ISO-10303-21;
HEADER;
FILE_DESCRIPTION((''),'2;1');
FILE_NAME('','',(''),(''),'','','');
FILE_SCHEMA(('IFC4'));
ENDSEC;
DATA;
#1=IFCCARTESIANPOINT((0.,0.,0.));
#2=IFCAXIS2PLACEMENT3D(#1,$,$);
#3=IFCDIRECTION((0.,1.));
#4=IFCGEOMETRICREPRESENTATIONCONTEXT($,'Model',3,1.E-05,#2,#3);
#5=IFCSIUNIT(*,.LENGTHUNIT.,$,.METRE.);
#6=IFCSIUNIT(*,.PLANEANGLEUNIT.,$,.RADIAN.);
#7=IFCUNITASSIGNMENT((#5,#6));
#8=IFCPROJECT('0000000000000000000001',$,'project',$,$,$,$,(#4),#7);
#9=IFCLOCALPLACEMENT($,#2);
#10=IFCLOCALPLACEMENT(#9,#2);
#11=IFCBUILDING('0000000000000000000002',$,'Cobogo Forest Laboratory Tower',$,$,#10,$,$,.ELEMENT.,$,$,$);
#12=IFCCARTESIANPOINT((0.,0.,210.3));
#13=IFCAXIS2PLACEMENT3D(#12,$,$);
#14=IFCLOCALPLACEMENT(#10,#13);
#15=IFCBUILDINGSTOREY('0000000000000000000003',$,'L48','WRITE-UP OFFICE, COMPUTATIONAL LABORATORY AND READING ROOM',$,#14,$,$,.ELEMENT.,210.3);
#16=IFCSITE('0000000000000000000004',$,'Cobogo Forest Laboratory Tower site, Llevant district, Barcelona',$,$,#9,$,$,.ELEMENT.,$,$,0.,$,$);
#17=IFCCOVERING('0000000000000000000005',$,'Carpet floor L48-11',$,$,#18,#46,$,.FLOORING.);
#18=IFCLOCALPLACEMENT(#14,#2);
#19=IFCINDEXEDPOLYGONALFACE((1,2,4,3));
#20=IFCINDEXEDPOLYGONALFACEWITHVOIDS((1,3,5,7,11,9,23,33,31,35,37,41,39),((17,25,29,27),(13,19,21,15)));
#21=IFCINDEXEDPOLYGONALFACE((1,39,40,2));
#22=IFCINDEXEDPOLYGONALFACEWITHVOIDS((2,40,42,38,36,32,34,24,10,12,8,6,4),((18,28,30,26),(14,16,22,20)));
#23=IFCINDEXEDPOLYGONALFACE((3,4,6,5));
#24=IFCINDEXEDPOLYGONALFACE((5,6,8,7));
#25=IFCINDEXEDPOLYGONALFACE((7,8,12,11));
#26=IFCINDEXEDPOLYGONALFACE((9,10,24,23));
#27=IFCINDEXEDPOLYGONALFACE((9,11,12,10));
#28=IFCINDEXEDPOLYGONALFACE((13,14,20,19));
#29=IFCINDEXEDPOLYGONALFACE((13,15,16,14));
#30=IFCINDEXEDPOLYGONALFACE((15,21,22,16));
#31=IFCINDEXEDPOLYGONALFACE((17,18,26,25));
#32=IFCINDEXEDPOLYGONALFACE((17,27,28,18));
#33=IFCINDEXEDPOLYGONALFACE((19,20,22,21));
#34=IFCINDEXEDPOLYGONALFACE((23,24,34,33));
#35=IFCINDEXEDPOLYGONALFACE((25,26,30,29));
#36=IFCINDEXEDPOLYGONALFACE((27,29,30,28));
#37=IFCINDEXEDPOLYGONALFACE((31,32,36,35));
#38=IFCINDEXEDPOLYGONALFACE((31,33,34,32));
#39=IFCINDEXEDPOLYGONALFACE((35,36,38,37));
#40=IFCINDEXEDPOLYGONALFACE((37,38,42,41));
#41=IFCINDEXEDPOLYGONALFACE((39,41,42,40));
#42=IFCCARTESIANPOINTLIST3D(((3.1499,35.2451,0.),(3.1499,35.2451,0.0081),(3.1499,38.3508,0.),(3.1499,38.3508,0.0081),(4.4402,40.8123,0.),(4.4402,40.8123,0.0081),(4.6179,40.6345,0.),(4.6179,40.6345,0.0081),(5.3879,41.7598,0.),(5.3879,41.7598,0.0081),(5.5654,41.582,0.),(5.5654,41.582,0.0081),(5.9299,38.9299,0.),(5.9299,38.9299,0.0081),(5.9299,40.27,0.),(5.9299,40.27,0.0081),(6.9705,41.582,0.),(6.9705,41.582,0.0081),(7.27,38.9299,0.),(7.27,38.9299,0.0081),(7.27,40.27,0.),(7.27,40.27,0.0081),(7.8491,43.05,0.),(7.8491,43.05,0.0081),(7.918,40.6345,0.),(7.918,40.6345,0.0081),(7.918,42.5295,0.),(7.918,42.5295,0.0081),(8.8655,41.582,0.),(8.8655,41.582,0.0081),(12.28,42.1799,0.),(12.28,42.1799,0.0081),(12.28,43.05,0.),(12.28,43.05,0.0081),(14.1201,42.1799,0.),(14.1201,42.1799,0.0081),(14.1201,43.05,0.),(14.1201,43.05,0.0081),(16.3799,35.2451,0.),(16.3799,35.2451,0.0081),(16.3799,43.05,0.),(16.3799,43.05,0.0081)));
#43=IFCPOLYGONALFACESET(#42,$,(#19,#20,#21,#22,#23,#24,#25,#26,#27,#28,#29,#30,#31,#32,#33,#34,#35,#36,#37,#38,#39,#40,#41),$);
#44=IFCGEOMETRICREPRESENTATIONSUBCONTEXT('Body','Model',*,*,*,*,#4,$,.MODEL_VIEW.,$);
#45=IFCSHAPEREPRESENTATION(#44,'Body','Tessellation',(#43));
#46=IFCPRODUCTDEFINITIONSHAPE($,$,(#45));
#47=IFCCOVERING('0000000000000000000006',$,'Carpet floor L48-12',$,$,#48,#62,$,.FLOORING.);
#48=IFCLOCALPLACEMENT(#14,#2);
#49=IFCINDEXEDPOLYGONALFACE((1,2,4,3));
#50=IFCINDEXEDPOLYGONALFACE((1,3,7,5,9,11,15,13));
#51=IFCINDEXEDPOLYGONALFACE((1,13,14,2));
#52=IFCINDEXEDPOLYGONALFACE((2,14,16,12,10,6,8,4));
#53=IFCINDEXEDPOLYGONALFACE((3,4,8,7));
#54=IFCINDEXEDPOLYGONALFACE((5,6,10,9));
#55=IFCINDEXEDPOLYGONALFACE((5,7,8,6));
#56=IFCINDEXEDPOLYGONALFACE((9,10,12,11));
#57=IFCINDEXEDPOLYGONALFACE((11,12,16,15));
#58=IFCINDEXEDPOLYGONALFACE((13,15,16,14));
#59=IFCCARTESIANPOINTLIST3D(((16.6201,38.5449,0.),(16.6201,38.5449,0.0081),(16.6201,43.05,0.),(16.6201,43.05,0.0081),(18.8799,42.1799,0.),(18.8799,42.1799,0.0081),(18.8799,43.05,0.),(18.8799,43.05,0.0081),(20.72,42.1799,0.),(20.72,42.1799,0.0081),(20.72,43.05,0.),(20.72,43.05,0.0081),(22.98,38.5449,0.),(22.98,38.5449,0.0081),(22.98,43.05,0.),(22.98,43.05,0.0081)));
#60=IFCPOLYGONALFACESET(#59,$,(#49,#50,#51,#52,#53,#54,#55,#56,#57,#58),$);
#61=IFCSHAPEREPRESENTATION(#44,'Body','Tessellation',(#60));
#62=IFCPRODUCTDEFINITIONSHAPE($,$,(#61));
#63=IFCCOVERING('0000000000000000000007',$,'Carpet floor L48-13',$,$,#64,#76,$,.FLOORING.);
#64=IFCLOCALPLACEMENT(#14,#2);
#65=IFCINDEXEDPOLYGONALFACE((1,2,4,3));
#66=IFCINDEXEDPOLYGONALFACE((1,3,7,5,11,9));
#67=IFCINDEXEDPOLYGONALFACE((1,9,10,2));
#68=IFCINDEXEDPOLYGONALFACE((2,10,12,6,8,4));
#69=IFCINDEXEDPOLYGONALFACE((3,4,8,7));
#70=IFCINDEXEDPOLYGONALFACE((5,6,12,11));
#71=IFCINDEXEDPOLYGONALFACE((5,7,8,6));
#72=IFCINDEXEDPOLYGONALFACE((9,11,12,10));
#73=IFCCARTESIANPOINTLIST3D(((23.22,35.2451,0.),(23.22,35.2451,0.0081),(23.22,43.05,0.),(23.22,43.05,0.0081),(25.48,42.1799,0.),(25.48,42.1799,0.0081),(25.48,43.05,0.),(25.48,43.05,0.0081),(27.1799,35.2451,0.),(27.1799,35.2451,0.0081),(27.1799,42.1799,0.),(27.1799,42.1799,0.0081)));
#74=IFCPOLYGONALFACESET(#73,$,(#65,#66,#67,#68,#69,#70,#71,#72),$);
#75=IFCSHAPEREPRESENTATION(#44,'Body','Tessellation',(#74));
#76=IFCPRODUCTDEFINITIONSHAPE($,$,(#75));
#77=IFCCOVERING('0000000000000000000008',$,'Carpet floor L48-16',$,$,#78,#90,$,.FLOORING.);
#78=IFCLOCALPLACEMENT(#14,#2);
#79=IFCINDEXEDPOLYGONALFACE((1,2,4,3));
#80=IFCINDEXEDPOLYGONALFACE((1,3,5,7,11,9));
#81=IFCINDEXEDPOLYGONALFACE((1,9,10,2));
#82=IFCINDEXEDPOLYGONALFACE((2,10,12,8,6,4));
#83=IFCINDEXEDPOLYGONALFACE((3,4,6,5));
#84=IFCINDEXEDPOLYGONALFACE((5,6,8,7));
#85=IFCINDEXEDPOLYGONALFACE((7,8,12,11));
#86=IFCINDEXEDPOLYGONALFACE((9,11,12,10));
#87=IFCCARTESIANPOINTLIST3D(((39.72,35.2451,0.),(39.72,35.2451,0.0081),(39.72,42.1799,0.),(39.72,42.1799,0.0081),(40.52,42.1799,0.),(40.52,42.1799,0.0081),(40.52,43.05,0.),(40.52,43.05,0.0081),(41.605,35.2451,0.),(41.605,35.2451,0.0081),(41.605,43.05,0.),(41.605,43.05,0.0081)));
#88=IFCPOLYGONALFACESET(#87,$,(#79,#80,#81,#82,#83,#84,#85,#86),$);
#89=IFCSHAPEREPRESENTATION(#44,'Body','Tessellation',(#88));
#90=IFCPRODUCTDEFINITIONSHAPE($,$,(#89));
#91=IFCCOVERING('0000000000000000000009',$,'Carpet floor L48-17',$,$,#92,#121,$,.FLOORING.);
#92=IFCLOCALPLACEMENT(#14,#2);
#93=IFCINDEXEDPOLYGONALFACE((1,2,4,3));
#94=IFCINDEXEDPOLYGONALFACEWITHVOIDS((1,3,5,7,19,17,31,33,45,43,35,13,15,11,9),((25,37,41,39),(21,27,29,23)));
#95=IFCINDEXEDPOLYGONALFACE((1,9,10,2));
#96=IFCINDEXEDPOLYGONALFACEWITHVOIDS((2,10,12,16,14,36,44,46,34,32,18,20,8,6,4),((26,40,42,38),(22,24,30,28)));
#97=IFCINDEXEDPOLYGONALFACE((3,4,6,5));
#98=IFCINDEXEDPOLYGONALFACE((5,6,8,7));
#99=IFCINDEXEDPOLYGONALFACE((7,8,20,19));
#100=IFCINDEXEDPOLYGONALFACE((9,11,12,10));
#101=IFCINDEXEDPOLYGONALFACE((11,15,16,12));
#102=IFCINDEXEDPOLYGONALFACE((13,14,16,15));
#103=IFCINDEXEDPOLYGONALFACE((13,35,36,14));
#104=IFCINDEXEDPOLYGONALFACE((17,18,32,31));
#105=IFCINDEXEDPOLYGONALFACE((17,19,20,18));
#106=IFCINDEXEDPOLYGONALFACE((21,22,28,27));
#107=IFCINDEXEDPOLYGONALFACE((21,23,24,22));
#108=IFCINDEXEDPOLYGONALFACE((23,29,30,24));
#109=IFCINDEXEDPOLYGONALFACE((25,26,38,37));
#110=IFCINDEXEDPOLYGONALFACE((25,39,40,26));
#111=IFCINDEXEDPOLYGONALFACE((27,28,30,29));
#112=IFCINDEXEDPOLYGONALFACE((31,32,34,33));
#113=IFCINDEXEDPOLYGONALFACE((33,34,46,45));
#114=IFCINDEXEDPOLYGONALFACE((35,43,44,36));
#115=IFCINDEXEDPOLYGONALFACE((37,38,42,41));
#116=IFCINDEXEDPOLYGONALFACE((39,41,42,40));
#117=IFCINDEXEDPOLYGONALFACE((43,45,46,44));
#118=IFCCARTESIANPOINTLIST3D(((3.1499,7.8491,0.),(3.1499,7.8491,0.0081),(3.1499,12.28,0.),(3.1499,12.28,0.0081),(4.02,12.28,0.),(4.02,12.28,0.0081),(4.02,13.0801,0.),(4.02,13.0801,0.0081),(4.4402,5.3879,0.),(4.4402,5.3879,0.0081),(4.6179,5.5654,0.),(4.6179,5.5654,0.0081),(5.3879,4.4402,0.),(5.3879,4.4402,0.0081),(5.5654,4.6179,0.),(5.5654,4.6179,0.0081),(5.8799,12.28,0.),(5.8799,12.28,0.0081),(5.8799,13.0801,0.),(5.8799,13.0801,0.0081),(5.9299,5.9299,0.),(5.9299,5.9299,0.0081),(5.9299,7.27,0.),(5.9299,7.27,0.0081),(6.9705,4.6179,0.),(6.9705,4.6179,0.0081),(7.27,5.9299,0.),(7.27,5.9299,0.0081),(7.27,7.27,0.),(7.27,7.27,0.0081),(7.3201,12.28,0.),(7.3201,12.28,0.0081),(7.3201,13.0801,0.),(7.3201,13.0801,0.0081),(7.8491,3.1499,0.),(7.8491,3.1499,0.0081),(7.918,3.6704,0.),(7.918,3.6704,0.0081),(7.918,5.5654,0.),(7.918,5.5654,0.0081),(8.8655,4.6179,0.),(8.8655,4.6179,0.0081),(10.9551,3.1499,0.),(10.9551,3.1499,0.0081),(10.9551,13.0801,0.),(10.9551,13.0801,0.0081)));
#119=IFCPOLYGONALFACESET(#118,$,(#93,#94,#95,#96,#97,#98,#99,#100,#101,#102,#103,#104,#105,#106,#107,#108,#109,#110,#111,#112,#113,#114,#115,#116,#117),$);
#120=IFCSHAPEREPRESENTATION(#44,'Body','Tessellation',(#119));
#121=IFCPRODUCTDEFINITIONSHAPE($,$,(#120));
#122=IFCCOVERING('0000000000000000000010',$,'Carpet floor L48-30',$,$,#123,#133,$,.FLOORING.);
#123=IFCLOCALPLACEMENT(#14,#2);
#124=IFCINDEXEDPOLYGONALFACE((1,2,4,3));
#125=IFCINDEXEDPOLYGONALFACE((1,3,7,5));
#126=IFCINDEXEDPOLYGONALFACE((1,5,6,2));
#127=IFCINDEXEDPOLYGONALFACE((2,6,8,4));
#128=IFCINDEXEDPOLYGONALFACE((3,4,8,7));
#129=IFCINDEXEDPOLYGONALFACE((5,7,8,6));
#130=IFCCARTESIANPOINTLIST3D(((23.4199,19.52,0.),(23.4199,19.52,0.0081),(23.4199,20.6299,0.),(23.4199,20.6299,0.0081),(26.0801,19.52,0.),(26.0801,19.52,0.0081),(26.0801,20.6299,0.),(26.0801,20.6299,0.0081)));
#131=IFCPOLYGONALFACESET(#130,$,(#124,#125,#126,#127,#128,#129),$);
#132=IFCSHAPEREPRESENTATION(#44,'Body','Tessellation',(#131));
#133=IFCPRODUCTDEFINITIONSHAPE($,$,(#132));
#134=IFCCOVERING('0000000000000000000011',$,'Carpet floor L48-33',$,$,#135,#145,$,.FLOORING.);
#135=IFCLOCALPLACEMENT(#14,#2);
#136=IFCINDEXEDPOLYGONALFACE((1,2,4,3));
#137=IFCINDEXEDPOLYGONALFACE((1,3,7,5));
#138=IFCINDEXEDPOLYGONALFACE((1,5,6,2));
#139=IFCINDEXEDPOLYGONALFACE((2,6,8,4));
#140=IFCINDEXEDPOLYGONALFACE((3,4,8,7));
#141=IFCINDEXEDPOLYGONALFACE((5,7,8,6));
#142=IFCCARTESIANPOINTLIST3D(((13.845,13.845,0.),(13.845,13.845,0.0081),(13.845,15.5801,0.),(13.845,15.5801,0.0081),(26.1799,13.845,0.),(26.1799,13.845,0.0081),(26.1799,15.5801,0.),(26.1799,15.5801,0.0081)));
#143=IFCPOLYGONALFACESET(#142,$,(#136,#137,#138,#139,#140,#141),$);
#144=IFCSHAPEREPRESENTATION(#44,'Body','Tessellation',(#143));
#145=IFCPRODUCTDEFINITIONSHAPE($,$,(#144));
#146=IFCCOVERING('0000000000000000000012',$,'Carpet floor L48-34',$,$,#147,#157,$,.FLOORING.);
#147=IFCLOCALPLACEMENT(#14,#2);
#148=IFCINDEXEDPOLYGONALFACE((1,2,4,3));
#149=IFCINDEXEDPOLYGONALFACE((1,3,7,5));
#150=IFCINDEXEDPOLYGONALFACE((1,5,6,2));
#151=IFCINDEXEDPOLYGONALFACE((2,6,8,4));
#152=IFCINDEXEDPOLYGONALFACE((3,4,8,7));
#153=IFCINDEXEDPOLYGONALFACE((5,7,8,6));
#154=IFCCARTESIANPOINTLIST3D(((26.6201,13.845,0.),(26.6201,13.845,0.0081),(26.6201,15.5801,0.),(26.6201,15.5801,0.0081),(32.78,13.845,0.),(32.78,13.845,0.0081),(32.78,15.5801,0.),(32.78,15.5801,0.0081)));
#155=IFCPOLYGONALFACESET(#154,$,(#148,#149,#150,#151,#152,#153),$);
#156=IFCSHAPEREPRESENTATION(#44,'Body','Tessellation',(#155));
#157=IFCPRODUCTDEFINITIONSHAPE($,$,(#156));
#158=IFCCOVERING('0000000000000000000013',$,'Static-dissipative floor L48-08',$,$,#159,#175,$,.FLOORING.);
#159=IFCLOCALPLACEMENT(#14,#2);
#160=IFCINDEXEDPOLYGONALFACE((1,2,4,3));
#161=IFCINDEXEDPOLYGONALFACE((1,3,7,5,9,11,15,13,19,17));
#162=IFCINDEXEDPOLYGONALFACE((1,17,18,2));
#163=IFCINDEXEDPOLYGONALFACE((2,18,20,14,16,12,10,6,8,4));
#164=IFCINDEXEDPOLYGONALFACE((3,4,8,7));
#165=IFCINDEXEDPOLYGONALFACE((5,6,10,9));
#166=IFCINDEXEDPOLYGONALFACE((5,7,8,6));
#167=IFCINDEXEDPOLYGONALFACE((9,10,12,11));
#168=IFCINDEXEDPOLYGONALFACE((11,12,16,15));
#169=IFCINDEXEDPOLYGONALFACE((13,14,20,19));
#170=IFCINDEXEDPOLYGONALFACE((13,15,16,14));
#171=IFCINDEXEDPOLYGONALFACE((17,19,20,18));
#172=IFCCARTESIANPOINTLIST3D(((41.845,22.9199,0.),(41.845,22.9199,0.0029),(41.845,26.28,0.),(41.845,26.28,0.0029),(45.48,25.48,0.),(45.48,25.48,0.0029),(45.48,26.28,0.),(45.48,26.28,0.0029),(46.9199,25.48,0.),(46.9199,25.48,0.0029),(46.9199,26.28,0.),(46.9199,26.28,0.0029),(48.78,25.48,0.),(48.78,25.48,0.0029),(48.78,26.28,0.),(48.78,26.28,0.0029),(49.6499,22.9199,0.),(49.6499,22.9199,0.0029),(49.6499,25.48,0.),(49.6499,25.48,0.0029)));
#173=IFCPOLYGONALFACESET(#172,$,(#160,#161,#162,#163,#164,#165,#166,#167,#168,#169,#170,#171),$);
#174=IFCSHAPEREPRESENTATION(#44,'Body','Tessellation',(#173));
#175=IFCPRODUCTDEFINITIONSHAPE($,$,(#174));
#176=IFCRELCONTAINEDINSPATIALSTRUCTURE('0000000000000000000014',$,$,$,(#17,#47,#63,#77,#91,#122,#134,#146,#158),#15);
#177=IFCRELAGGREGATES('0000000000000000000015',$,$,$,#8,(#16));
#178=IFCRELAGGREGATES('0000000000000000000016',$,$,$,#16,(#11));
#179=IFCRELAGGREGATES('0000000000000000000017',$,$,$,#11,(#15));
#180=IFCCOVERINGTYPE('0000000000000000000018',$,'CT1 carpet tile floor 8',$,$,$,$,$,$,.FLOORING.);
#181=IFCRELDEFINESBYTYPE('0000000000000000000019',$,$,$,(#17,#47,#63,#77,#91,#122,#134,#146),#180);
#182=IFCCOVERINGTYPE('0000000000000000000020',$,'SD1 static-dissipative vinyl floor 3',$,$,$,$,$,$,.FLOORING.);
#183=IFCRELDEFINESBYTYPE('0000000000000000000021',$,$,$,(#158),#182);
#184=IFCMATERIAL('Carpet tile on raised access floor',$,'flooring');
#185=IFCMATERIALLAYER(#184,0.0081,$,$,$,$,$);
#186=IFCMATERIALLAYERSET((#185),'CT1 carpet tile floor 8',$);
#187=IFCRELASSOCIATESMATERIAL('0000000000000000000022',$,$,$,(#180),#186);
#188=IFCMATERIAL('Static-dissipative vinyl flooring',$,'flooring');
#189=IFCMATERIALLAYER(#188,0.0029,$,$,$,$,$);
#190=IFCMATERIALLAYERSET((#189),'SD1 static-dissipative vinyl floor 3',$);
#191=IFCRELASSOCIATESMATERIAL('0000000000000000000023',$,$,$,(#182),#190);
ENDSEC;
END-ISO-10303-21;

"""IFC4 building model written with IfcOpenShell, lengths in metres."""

from ifc_helpers import new_model, si_unit, direction, frame, origin, place, context, subcontext, project, spatial, polyline, outline, extrude, material, layer, layer_set, type_object, element, save


model = new_model("IFC4")

# Units and contexts
model_context = context("Model", 3, precision=1e-05, world=origin(), true_north=direction((0.0, 1.0)))
body_context = subcontext(model_context, "Body", "Model", "MODEL_VIEW")
ifc_project = project(units=[si_unit("LENGTHUNIT", "METRE"), si_unit("PLANEANGLEUNIT", "RADIAN")], contexts=[model_context])

# Site, building, storey
site_placement = place(None, origin())
site = spatial("IfcSite", under=ifc_project, at=site_placement, Name="Cobogo Forest Laboratory Tower site, Llevant district, Barcelona", CompositionType="ELEMENT", RefElevation=0.0)
building_placement = place(site_placement, origin())
building = spatial("IfcBuilding", under=site, at=building_placement, Name="Cobogo Forest Laboratory Tower", CompositionType="ELEMENT")
storey_placement = place(building_placement, frame((0.0, 0.0, 210.3)))
storey = spatial("IfcBuildingStorey", under=building, at=storey_placement, Name="L48", Description="WRITE-UP OFFICE, COMPUTATIONAL LABORATORY AND READING ROOM", CompositionType="ELEMENT", Elevation=210.3)

# Coverings
ifc_material_1 = material(Name="Carpet tile on raised access floor", Category="flooring")
ifc_layer_1 = layer(ifc_material_1, 0.0081)
ifc_layer_set_1 = layer_set([ifc_layer_1], Name="CT1 carpet tile floor 8")
covering_type_1 = type_object("IfcCoveringType", Name="CT1 carpet tile floor 8", PredefinedType="FLOORING", material=ifc_layer_set_1)
covering_1_placement = place(storey_placement, origin())
element("IfcCovering", 1, at=covering_1_placement, inside=storey, type_object=covering_type_1, Name="Carpet floor L48-11", PredefinedType="FLOORING", context=body_context, shape_type="SweptSolid", body=[
    extrude(outline(polyline([(3.1499, 35.2451), (3.1499, 38.3508), (4.4402, 40.8123), (4.6179, 40.6345), (5.5654, 41.582), (5.3879, 41.7598), (7.8491, 43.05), (12.28, 43.05), (12.28, 42.1799), (14.1201, 42.1799), (14.1201, 43.05), (16.3799, 43.05), (16.3799, 35.2451), (3.1499, 35.2451)]), holes=[polyline([(7.918, 40.6345), (8.8655, 41.582), (7.918, 42.5295), (6.9705, 41.582), (7.918, 40.6345)]), polyline([(5.9299, 38.9299), (7.27, 38.9299), (7.27, 40.27), (5.9299, 40.27), (5.9299, 38.9299)])]), origin(), (0.0, 0.0, 1.0), 0.0081),
])
covering_2_placement = place(storey_placement, origin())
element("IfcCovering", 2, at=covering_2_placement, inside=storey, type_object=covering_type_1, Name="Carpet floor L48-12", PredefinedType="FLOORING", context=body_context, shape_type="SweptSolid", body=[
    extrude(outline(polyline([(16.6201, 38.5449), (16.6201, 43.05), (18.8799, 43.05), (18.8799, 42.1799), (20.72, 42.1799), (20.72, 43.05), (22.98, 43.05), (22.98, 38.5449), (16.6201, 38.5449)])), origin(), (0.0, 0.0, 1.0), 0.0081),
])
covering_3_placement = place(storey_placement, origin())
element("IfcCovering", 3, at=covering_3_placement, inside=storey, type_object=covering_type_1, Name="Carpet floor L48-13", PredefinedType="FLOORING", context=body_context, shape_type="SweptSolid", body=[
    extrude(outline(polyline([(23.22, 35.2451), (23.22, 43.05), (25.48, 43.05), (25.48, 42.1799), (27.1799, 42.1799), (27.1799, 35.2451), (23.22, 35.2451)])), origin(), (0.0, 0.0, 1.0), 0.0081),
])
covering_4_placement = place(storey_placement, origin())
element("IfcCovering", 4, at=covering_4_placement, inside=storey, type_object=covering_type_1, Name="Carpet floor L48-16", PredefinedType="FLOORING", context=body_context, shape_type="SweptSolid", body=[
    extrude(outline(polyline([(39.72, 35.2451), (39.72, 42.1799), (40.52, 42.1799), (40.52, 43.05), (41.605, 43.05), (41.605, 35.2451), (39.72, 35.2451)])), origin(), (0.0, 0.0, 1.0), 0.0081),
])
covering_5_placement = place(storey_placement, origin())
element("IfcCovering", 5, at=covering_5_placement, inside=storey, type_object=covering_type_1, Name="Carpet floor L48-17", PredefinedType="FLOORING", context=body_context, shape_type="SweptSolid", body=[
    extrude(outline(polyline([(10.9551, 3.1499), (7.8491, 3.1499), (5.3879, 4.4402), (5.5654, 4.6179), (4.6179, 5.5654), (4.4402, 5.3879), (3.1499, 7.8491), (3.1499, 12.28), (4.02, 12.28), (4.02, 13.0801), (5.8799, 13.0801), (5.8799, 12.28), (7.3201, 12.28), (7.3201, 13.0801), (10.9551, 13.0801), (10.9551, 3.1499)]), holes=[polyline([(7.918, 3.6704), (8.8655, 4.6179), (7.918, 5.5654), (6.9705, 4.6179), (7.918, 3.6704)]), polyline([(5.9299, 5.9299), (7.27, 5.9299), (7.27, 7.27), (5.9299, 7.27), (5.9299, 5.9299)])]), origin(), (0.0, 0.0, 1.0), 0.0081),
])
covering_6_placement = place(storey_placement, origin())
element("IfcCovering", 6, at=covering_6_placement, inside=storey, type_object=covering_type_1, Name="Carpet floor L48-30", PredefinedType="FLOORING", context=body_context, shape_type="SweptSolid", body=[
    extrude(outline(polyline([(26.0801, 19.52), (23.4199, 19.52), (23.4199, 20.6299), (26.0801, 20.6299), (26.0801, 19.52)])), origin(), (0.0, 0.0, 1.0), 0.0081),
])
covering_7_placement = place(storey_placement, origin())
element("IfcCovering", 7, at=covering_7_placement, inside=storey, type_object=covering_type_1, Name="Carpet floor L48-33", PredefinedType="FLOORING", context=body_context, shape_type="SweptSolid", body=[
    extrude(outline(polyline([(26.1799, 13.845), (13.845, 13.845), (13.845, 15.5801), (26.1799, 15.5801), (26.1799, 13.845)])), origin(), (0.0, 0.0, 1.0), 0.0081),
])
covering_8_placement = place(storey_placement, origin())
element("IfcCovering", 8, at=covering_8_placement, inside=storey, type_object=covering_type_1, Name="Carpet floor L48-34", PredefinedType="FLOORING", context=body_context, shape_type="SweptSolid", body=[
    extrude(outline(polyline([(32.78, 13.845), (26.6201, 13.845), (26.6201, 15.5801), (32.78, 15.5801), (32.78, 13.845)])), origin(), (0.0, 0.0, 1.0), 0.0081),
])
ifc_material_2 = material(Name="Static-dissipative vinyl flooring", Category="flooring")
ifc_layer_2 = layer(ifc_material_2, 0.0029)
ifc_layer_set_2 = layer_set([ifc_layer_2], Name="SD1 static-dissipative vinyl floor 3")
covering_type_2 = type_object("IfcCoveringType", Name="SD1 static-dissipative vinyl floor 3", PredefinedType="FLOORING", material=ifc_layer_set_2)
covering_9_placement = place(storey_placement, origin())
element("IfcCovering", 9, at=covering_9_placement, inside=storey, type_object=covering_type_2, Name="Static-dissipative floor L48-08", PredefinedType="FLOORING", context=body_context, shape_type="SweptSolid", body=[
    extrude(outline(polyline([(41.845, 26.28), (45.48, 26.28), (45.48, 25.48), (46.9199, 25.48), (46.9199, 26.28), (48.78, 26.28), (48.78, 25.48), (49.6499, 25.48), (49.6499, 22.9199), (41.845, 22.9199), (41.845, 26.28)])), origin(), (0.0, 0.0, 1.0), 0.0029),
])

save(model, "model.ifc")
